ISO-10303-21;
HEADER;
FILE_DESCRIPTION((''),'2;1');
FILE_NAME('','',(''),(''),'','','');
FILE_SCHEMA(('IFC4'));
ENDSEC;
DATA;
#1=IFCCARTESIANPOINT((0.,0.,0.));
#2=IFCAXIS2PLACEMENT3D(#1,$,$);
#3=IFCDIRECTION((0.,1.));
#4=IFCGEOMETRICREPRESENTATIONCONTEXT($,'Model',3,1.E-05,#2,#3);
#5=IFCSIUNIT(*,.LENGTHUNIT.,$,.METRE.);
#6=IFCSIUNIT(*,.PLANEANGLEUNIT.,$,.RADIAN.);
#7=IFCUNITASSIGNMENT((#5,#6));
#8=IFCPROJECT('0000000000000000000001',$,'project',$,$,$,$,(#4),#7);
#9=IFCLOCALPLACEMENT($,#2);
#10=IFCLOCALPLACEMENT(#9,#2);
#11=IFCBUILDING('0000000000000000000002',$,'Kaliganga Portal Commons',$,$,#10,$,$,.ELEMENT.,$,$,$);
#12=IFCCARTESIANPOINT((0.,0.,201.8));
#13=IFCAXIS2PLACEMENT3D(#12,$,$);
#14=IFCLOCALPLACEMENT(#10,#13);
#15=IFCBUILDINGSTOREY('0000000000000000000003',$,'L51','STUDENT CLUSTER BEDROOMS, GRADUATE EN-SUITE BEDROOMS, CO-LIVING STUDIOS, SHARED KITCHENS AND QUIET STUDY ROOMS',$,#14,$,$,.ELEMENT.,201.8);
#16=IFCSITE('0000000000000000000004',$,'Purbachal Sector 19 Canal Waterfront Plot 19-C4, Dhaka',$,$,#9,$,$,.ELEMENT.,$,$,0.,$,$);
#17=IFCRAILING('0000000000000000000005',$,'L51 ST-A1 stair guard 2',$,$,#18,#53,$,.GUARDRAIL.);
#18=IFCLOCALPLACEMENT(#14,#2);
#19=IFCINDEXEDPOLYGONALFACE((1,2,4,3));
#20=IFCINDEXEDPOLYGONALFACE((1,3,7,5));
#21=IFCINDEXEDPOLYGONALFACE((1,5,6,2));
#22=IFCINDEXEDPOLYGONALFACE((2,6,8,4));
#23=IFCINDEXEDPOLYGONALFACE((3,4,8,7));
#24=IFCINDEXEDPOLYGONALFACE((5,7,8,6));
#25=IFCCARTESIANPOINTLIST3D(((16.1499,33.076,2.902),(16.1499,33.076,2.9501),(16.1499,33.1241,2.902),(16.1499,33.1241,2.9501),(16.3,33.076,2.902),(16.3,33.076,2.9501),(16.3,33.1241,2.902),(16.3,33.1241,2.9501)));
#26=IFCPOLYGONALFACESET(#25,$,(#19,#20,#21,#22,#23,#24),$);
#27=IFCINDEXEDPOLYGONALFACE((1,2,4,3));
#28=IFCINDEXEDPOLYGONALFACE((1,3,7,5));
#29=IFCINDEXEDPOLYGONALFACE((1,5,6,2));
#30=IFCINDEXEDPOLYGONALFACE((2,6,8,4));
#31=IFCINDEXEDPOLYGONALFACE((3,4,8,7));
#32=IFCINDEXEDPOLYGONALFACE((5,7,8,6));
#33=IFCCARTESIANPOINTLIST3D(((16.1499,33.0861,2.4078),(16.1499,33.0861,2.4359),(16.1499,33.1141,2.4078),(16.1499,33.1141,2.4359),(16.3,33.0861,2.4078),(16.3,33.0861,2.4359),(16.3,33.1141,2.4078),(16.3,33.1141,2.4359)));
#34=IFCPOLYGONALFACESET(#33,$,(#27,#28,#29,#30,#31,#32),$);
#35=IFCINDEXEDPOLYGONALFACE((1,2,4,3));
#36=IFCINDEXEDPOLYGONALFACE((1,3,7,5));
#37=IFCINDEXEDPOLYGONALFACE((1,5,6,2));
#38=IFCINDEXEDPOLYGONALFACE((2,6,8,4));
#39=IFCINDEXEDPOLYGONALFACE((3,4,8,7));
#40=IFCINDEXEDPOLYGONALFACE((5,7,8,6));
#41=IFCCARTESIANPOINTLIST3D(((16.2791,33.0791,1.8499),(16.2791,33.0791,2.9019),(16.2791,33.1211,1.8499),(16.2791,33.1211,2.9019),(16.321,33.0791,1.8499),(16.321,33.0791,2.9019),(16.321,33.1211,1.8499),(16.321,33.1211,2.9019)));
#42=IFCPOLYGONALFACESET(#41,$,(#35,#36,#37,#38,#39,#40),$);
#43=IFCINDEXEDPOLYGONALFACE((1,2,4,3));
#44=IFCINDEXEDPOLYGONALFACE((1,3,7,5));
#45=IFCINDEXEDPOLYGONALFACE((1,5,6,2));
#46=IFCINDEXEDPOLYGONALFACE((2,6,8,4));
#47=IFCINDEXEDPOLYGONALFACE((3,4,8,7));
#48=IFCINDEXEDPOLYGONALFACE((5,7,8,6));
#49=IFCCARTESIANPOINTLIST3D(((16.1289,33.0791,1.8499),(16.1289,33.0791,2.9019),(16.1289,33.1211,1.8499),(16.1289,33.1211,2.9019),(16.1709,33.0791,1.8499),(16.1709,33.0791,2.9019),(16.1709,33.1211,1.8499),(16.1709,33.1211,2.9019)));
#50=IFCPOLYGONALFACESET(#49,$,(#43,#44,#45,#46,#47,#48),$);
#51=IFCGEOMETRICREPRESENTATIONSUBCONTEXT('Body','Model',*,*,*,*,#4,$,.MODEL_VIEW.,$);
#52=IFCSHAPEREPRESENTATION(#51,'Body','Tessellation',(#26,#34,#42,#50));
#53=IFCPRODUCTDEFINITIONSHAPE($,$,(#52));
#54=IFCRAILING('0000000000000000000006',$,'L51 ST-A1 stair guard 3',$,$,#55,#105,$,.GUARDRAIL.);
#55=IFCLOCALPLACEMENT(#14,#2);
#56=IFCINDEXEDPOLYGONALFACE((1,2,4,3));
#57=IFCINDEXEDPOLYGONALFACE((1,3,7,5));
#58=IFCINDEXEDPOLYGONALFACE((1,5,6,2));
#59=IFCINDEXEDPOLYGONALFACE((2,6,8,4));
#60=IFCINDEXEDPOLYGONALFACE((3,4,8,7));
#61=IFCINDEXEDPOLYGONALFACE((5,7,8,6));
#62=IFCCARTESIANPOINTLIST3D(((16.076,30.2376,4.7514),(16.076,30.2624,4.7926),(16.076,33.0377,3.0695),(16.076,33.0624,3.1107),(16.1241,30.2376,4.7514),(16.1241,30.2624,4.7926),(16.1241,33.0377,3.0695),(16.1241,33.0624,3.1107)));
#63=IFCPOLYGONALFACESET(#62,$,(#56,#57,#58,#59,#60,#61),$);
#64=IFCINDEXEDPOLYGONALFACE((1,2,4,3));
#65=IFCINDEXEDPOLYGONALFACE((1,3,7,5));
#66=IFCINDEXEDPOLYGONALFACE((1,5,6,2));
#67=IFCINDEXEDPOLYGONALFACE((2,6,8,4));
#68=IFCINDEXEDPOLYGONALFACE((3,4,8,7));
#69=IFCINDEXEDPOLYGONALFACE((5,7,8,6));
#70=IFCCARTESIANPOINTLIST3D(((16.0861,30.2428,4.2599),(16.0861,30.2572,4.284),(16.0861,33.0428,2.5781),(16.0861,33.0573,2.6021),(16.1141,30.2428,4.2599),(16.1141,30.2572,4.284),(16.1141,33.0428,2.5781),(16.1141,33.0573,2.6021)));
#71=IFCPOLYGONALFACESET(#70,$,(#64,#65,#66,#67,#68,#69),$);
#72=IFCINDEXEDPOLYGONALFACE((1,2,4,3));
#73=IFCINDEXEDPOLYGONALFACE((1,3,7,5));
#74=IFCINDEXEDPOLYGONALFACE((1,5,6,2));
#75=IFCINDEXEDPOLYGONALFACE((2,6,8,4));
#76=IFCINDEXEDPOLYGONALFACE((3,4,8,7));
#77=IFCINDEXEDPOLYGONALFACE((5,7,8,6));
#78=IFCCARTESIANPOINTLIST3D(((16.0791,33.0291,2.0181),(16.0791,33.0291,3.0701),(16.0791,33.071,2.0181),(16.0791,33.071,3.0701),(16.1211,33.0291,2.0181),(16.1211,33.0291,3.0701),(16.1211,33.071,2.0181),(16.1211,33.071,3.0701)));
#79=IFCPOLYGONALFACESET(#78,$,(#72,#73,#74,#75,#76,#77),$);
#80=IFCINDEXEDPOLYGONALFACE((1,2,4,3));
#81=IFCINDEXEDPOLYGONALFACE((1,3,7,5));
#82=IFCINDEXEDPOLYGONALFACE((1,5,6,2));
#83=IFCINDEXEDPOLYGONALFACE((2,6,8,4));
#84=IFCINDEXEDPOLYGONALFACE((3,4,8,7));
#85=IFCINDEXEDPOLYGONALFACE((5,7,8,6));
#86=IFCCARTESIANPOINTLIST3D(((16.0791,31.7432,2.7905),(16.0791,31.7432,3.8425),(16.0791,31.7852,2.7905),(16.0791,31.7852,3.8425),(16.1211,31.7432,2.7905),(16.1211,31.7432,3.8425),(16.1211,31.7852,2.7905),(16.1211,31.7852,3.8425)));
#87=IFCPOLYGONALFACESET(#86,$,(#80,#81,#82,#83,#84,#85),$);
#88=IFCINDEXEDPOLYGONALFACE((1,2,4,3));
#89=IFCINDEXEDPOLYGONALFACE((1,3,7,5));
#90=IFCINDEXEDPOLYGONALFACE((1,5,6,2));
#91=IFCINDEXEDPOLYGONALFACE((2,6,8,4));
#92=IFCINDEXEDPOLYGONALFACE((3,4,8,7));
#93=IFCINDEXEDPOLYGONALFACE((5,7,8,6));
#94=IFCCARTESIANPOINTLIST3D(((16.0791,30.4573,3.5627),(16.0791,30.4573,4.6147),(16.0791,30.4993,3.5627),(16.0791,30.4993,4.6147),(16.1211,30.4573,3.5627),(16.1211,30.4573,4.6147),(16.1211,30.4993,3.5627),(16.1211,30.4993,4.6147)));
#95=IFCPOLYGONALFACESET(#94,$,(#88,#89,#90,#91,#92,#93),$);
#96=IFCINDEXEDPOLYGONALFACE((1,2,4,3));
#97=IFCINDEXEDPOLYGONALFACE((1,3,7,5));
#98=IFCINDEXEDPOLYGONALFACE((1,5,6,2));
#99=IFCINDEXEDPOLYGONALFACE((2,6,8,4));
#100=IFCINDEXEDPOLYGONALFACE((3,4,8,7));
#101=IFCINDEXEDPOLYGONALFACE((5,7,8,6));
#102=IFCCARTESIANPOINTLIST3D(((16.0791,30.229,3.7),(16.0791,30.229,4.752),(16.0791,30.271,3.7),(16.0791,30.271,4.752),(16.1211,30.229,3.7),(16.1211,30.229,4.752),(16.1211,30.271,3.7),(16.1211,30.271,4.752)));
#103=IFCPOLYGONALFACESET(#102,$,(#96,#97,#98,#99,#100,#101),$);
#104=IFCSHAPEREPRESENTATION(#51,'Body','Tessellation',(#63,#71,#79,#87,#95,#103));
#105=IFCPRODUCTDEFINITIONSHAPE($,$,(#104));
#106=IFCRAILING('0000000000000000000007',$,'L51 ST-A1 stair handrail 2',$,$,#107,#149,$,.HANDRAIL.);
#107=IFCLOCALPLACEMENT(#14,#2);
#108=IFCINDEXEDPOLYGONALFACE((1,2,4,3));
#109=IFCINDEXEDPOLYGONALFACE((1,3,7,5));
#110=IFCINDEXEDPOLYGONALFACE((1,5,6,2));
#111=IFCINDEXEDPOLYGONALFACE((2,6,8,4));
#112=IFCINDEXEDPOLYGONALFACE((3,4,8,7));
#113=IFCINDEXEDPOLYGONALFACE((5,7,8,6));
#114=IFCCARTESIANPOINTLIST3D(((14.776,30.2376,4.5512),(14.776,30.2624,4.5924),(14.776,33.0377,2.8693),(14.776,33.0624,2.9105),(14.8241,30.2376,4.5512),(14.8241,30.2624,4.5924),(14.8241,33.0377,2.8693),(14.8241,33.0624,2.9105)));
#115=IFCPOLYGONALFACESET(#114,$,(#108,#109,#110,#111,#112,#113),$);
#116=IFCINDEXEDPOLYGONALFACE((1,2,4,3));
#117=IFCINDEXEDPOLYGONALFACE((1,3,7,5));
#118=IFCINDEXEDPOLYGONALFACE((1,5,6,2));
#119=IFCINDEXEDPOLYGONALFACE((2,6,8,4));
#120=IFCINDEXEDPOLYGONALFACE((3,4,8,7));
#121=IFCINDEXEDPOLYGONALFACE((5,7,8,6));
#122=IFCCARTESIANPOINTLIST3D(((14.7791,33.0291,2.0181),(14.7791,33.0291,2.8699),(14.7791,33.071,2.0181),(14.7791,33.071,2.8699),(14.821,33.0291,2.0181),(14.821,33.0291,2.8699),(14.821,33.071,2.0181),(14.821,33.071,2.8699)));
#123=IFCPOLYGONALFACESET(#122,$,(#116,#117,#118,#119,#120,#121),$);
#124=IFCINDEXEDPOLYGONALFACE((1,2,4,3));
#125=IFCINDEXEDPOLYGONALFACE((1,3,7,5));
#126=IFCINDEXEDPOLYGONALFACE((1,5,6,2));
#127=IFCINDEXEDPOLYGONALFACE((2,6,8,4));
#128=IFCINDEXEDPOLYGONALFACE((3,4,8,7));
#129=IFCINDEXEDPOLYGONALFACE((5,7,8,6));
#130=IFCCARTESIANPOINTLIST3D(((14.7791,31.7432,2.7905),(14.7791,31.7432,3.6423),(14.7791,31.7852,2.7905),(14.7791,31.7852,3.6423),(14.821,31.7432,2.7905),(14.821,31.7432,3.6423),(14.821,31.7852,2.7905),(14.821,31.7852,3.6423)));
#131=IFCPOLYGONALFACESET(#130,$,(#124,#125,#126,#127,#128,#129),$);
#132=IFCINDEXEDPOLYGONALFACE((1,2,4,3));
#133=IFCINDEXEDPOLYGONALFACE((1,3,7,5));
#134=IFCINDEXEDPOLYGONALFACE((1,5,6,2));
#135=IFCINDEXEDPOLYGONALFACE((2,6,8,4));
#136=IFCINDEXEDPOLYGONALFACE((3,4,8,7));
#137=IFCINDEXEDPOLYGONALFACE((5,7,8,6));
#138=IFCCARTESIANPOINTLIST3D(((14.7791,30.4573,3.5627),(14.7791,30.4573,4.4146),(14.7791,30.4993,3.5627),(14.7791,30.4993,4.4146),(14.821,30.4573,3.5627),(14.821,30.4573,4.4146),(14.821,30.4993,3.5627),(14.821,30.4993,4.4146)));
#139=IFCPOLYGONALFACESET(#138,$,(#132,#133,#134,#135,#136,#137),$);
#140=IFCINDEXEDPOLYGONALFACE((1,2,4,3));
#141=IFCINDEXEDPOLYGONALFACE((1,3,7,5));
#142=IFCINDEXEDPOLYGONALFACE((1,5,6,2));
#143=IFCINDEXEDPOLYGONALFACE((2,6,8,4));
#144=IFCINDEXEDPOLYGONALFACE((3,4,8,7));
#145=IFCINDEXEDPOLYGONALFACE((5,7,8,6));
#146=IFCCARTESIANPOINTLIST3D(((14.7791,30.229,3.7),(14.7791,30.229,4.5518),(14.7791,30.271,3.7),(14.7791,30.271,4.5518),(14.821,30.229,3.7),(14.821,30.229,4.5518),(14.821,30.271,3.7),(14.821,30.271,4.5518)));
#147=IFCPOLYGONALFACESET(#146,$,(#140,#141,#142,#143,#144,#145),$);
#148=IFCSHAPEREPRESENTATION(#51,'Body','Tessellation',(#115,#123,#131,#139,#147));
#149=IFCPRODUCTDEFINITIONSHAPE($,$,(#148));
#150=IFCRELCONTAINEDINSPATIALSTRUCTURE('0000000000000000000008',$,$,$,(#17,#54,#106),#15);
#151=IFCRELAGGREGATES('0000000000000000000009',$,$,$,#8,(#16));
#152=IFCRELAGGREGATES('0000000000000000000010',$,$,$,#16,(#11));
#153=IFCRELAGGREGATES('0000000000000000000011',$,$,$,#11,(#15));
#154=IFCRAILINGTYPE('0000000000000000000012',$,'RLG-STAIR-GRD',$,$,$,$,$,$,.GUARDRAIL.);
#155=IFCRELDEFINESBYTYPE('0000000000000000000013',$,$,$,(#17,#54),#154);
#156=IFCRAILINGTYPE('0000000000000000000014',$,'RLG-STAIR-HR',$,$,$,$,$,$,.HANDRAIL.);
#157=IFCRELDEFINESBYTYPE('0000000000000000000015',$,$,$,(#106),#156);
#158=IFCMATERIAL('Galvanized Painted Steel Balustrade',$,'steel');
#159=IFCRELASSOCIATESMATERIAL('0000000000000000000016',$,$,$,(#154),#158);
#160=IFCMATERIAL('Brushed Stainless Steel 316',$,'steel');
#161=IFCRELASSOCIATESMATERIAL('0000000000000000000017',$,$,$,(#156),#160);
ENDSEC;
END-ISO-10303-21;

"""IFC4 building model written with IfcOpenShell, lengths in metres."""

from ifc_helpers import new_model, si_unit, direction, frame, origin, origin_2d, place, context, subcontext, project, spatial, rectangle, extrude, material, type_object, element, save


model = new_model("IFC4")

# Units and contexts
model_context = context("Model", 3, precision=1e-05, world=origin(), true_north=direction((0.0, 1.0)))
body_context = subcontext(model_context, "Body", "Model", "MODEL_VIEW")
ifc_project = project(units=[si_unit("LENGTHUNIT", "METRE"), si_unit("PLANEANGLEUNIT", "RADIAN")], contexts=[model_context])

# Site, building, storey
site_placement = place(None, origin())
site = spatial("IfcSite", under=ifc_project, at=site_placement, Name="Purbachal Sector 19 Canal Waterfront Plot 19-C4, Dhaka", CompositionType="ELEMENT", RefElevation=0.0)
building_placement = place(site_placement, origin())
building = spatial("IfcBuilding", under=site, at=building_placement, Name="Kaliganga Portal Commons", CompositionType="ELEMENT")
storey_placement = place(building_placement, frame((0.0, 0.0, 201.8)))
storey = spatial("IfcBuildingStorey", under=building, at=storey_placement, Name="L51", Description="STUDENT CLUSTER BEDROOMS, GRADUATE EN-SUITE BEDROOMS, CO-LIVING STUDIOS, SHARED KITCHENS AND QUIET STUDY ROOMS", CompositionType="ELEMENT", Elevation=201.8)

# Railings
ifc_material_1 = material(Name="Galvanized Painted Steel Balustrade", Category="steel")
railing_type_1 = type_object("IfcRailingType", Name="RLG-STAIR-GRD", PredefinedType="GUARDRAIL", material=ifc_material_1)
railing_1_placement = place(storey_placement, frame((16.3, 33.1001, 1.8499)))
element("IfcRailing", 1, at=railing_1_placement, inside=storey, type_object=railing_type_1, Name="L51 ST-A1 stair guard 2", PredefinedType="GUARDRAIL", context=body_context, shape_type="SweptSolid", body=[
    extrude(rectangle(XDim=0.0481, YDim=0.0481, at=origin_2d()), frame((0.0, 0.0, 1.0762), z_axis=(-1.0, 0.0, 0.0), x_axis=(0.0, -1.0, 0.0)), (0.0, 0.0, 1.0), 0.1501),
    extrude(rectangle(XDim=0.0281, YDim=0.0281, at=origin_2d()), frame((0.0, 0.0, 0.572), z_axis=(-1.0, 0.0, 0.0), x_axis=(0.0, -1.0, 0.0)), (0.0, 0.0, 1.0), 0.1501),
    extrude(rectangle(XDim=0.042, YDim=0.042, at=origin_2d()), origin(), (0.0, 0.0, 1.0), 1.052),
    extrude(rectangle(XDim=0.042, YDim=0.042, at=origin_2d()), frame((-0.1501, 0.0, 0.0)), (0.0, 0.0, 1.0), 1.052),
])
railing_2_placement = place(storey_placement, frame((16.1001, 33.05, 2.0181)))
element("IfcRailing", 2, at=railing_2_placement, inside=storey, type_object=railing_type_1, Name="L51 ST-A1 stair guard 3", PredefinedType="GUARDRAIL", context=body_context, shape_type="SweptSolid", body=[
    extrude(rectangle(XDim=0.0481, YDim=0.0481, at=origin_2d()), frame((0.0, 0.0, 1.072), z_axis=(0.0, -0.857242, 0.514913), x_axis=(1.0, 0.0, 0.0)), (0.0, 0.0, 1.0), 3.2664),
    extrude(rectangle(XDim=0.0281, YDim=0.0281, at=origin_2d()), frame((0.0, 0.0, 0.572), z_axis=(0.0, -0.857242, 0.514913), x_axis=(1.0, 0.0, 0.0)), (0.0, 0.0, 1.0), 3.2664),
    extrude(rectangle(XDim=0.042, YDim=0.042, at=origin_2d()), origin(), (0.0, 0.0, 1.0), 1.052),
    extrude(rectangle(XDim=0.042, YDim=0.042, at=origin_2d()), frame((0.0, -1.2859, 0.7725)), (0.0, 0.0, 1.0), 1.052),
    extrude(rectangle(XDim=0.042, YDim=0.042, at=origin_2d()), frame((0.0, -2.5718, 1.5447)), (0.0, 0.0, 1.0), 1.052),
    extrude(rectangle(XDim=0.042, YDim=0.042, at=origin_2d()), frame((0.0, -2.8, 1.6819)), (0.0, 0.0, 1.0), 1.052),
])
ifc_material_2 = material(Name="Brushed Stainless Steel 316", Category="steel")
railing_type_2 = type_object("IfcRailingType", Name="RLG-STAIR-HR", PredefinedType="HANDRAIL", material=ifc_material_2)
railing_3_placement = place(storey_placement, frame((14.8, 33.05, 2.0181)))
element("IfcRailing", 3, at=railing_3_placement, inside=storey, type_object=railing_type_2, Name="L51 ST-A1 stair handrail 2", PredefinedType="HANDRAIL", context=body_context, shape_type="SweptSolid", body=[
    extrude(rectangle(XDim=0.0481, YDim=0.0481, at=origin_2d()), frame((0.0, 0.0, 0.8718), z_axis=(0.0, -0.857242, 0.514913), x_axis=(1.0, 0.0, 0.0)), (0.0, 0.0, 1.0), 3.2664),
    extrude(rectangle(XDim=0.042, YDim=0.042, at=origin_2d()), origin(), (0.0, 0.0, 1.0), 0.8518),
    extrude(rectangle(XDim=0.042, YDim=0.042, at=origin_2d()), frame((0.0, -1.2859, 0.7725)), (0.0, 0.0, 1.0), 0.8518),
    extrude(rectangle(XDim=0.042, YDim=0.042, at=origin_2d()), frame((0.0, -2.5718, 1.5447)), (0.0, 0.0, 1.0), 0.8518),
    extrude(rectangle(XDim=0.042, YDim=0.042, at=origin_2d()), frame((0.0, -2.8, 1.6819)), (0.0, 0.0, 1.0), 0.8518),
])

save(model, "model.ifc")
